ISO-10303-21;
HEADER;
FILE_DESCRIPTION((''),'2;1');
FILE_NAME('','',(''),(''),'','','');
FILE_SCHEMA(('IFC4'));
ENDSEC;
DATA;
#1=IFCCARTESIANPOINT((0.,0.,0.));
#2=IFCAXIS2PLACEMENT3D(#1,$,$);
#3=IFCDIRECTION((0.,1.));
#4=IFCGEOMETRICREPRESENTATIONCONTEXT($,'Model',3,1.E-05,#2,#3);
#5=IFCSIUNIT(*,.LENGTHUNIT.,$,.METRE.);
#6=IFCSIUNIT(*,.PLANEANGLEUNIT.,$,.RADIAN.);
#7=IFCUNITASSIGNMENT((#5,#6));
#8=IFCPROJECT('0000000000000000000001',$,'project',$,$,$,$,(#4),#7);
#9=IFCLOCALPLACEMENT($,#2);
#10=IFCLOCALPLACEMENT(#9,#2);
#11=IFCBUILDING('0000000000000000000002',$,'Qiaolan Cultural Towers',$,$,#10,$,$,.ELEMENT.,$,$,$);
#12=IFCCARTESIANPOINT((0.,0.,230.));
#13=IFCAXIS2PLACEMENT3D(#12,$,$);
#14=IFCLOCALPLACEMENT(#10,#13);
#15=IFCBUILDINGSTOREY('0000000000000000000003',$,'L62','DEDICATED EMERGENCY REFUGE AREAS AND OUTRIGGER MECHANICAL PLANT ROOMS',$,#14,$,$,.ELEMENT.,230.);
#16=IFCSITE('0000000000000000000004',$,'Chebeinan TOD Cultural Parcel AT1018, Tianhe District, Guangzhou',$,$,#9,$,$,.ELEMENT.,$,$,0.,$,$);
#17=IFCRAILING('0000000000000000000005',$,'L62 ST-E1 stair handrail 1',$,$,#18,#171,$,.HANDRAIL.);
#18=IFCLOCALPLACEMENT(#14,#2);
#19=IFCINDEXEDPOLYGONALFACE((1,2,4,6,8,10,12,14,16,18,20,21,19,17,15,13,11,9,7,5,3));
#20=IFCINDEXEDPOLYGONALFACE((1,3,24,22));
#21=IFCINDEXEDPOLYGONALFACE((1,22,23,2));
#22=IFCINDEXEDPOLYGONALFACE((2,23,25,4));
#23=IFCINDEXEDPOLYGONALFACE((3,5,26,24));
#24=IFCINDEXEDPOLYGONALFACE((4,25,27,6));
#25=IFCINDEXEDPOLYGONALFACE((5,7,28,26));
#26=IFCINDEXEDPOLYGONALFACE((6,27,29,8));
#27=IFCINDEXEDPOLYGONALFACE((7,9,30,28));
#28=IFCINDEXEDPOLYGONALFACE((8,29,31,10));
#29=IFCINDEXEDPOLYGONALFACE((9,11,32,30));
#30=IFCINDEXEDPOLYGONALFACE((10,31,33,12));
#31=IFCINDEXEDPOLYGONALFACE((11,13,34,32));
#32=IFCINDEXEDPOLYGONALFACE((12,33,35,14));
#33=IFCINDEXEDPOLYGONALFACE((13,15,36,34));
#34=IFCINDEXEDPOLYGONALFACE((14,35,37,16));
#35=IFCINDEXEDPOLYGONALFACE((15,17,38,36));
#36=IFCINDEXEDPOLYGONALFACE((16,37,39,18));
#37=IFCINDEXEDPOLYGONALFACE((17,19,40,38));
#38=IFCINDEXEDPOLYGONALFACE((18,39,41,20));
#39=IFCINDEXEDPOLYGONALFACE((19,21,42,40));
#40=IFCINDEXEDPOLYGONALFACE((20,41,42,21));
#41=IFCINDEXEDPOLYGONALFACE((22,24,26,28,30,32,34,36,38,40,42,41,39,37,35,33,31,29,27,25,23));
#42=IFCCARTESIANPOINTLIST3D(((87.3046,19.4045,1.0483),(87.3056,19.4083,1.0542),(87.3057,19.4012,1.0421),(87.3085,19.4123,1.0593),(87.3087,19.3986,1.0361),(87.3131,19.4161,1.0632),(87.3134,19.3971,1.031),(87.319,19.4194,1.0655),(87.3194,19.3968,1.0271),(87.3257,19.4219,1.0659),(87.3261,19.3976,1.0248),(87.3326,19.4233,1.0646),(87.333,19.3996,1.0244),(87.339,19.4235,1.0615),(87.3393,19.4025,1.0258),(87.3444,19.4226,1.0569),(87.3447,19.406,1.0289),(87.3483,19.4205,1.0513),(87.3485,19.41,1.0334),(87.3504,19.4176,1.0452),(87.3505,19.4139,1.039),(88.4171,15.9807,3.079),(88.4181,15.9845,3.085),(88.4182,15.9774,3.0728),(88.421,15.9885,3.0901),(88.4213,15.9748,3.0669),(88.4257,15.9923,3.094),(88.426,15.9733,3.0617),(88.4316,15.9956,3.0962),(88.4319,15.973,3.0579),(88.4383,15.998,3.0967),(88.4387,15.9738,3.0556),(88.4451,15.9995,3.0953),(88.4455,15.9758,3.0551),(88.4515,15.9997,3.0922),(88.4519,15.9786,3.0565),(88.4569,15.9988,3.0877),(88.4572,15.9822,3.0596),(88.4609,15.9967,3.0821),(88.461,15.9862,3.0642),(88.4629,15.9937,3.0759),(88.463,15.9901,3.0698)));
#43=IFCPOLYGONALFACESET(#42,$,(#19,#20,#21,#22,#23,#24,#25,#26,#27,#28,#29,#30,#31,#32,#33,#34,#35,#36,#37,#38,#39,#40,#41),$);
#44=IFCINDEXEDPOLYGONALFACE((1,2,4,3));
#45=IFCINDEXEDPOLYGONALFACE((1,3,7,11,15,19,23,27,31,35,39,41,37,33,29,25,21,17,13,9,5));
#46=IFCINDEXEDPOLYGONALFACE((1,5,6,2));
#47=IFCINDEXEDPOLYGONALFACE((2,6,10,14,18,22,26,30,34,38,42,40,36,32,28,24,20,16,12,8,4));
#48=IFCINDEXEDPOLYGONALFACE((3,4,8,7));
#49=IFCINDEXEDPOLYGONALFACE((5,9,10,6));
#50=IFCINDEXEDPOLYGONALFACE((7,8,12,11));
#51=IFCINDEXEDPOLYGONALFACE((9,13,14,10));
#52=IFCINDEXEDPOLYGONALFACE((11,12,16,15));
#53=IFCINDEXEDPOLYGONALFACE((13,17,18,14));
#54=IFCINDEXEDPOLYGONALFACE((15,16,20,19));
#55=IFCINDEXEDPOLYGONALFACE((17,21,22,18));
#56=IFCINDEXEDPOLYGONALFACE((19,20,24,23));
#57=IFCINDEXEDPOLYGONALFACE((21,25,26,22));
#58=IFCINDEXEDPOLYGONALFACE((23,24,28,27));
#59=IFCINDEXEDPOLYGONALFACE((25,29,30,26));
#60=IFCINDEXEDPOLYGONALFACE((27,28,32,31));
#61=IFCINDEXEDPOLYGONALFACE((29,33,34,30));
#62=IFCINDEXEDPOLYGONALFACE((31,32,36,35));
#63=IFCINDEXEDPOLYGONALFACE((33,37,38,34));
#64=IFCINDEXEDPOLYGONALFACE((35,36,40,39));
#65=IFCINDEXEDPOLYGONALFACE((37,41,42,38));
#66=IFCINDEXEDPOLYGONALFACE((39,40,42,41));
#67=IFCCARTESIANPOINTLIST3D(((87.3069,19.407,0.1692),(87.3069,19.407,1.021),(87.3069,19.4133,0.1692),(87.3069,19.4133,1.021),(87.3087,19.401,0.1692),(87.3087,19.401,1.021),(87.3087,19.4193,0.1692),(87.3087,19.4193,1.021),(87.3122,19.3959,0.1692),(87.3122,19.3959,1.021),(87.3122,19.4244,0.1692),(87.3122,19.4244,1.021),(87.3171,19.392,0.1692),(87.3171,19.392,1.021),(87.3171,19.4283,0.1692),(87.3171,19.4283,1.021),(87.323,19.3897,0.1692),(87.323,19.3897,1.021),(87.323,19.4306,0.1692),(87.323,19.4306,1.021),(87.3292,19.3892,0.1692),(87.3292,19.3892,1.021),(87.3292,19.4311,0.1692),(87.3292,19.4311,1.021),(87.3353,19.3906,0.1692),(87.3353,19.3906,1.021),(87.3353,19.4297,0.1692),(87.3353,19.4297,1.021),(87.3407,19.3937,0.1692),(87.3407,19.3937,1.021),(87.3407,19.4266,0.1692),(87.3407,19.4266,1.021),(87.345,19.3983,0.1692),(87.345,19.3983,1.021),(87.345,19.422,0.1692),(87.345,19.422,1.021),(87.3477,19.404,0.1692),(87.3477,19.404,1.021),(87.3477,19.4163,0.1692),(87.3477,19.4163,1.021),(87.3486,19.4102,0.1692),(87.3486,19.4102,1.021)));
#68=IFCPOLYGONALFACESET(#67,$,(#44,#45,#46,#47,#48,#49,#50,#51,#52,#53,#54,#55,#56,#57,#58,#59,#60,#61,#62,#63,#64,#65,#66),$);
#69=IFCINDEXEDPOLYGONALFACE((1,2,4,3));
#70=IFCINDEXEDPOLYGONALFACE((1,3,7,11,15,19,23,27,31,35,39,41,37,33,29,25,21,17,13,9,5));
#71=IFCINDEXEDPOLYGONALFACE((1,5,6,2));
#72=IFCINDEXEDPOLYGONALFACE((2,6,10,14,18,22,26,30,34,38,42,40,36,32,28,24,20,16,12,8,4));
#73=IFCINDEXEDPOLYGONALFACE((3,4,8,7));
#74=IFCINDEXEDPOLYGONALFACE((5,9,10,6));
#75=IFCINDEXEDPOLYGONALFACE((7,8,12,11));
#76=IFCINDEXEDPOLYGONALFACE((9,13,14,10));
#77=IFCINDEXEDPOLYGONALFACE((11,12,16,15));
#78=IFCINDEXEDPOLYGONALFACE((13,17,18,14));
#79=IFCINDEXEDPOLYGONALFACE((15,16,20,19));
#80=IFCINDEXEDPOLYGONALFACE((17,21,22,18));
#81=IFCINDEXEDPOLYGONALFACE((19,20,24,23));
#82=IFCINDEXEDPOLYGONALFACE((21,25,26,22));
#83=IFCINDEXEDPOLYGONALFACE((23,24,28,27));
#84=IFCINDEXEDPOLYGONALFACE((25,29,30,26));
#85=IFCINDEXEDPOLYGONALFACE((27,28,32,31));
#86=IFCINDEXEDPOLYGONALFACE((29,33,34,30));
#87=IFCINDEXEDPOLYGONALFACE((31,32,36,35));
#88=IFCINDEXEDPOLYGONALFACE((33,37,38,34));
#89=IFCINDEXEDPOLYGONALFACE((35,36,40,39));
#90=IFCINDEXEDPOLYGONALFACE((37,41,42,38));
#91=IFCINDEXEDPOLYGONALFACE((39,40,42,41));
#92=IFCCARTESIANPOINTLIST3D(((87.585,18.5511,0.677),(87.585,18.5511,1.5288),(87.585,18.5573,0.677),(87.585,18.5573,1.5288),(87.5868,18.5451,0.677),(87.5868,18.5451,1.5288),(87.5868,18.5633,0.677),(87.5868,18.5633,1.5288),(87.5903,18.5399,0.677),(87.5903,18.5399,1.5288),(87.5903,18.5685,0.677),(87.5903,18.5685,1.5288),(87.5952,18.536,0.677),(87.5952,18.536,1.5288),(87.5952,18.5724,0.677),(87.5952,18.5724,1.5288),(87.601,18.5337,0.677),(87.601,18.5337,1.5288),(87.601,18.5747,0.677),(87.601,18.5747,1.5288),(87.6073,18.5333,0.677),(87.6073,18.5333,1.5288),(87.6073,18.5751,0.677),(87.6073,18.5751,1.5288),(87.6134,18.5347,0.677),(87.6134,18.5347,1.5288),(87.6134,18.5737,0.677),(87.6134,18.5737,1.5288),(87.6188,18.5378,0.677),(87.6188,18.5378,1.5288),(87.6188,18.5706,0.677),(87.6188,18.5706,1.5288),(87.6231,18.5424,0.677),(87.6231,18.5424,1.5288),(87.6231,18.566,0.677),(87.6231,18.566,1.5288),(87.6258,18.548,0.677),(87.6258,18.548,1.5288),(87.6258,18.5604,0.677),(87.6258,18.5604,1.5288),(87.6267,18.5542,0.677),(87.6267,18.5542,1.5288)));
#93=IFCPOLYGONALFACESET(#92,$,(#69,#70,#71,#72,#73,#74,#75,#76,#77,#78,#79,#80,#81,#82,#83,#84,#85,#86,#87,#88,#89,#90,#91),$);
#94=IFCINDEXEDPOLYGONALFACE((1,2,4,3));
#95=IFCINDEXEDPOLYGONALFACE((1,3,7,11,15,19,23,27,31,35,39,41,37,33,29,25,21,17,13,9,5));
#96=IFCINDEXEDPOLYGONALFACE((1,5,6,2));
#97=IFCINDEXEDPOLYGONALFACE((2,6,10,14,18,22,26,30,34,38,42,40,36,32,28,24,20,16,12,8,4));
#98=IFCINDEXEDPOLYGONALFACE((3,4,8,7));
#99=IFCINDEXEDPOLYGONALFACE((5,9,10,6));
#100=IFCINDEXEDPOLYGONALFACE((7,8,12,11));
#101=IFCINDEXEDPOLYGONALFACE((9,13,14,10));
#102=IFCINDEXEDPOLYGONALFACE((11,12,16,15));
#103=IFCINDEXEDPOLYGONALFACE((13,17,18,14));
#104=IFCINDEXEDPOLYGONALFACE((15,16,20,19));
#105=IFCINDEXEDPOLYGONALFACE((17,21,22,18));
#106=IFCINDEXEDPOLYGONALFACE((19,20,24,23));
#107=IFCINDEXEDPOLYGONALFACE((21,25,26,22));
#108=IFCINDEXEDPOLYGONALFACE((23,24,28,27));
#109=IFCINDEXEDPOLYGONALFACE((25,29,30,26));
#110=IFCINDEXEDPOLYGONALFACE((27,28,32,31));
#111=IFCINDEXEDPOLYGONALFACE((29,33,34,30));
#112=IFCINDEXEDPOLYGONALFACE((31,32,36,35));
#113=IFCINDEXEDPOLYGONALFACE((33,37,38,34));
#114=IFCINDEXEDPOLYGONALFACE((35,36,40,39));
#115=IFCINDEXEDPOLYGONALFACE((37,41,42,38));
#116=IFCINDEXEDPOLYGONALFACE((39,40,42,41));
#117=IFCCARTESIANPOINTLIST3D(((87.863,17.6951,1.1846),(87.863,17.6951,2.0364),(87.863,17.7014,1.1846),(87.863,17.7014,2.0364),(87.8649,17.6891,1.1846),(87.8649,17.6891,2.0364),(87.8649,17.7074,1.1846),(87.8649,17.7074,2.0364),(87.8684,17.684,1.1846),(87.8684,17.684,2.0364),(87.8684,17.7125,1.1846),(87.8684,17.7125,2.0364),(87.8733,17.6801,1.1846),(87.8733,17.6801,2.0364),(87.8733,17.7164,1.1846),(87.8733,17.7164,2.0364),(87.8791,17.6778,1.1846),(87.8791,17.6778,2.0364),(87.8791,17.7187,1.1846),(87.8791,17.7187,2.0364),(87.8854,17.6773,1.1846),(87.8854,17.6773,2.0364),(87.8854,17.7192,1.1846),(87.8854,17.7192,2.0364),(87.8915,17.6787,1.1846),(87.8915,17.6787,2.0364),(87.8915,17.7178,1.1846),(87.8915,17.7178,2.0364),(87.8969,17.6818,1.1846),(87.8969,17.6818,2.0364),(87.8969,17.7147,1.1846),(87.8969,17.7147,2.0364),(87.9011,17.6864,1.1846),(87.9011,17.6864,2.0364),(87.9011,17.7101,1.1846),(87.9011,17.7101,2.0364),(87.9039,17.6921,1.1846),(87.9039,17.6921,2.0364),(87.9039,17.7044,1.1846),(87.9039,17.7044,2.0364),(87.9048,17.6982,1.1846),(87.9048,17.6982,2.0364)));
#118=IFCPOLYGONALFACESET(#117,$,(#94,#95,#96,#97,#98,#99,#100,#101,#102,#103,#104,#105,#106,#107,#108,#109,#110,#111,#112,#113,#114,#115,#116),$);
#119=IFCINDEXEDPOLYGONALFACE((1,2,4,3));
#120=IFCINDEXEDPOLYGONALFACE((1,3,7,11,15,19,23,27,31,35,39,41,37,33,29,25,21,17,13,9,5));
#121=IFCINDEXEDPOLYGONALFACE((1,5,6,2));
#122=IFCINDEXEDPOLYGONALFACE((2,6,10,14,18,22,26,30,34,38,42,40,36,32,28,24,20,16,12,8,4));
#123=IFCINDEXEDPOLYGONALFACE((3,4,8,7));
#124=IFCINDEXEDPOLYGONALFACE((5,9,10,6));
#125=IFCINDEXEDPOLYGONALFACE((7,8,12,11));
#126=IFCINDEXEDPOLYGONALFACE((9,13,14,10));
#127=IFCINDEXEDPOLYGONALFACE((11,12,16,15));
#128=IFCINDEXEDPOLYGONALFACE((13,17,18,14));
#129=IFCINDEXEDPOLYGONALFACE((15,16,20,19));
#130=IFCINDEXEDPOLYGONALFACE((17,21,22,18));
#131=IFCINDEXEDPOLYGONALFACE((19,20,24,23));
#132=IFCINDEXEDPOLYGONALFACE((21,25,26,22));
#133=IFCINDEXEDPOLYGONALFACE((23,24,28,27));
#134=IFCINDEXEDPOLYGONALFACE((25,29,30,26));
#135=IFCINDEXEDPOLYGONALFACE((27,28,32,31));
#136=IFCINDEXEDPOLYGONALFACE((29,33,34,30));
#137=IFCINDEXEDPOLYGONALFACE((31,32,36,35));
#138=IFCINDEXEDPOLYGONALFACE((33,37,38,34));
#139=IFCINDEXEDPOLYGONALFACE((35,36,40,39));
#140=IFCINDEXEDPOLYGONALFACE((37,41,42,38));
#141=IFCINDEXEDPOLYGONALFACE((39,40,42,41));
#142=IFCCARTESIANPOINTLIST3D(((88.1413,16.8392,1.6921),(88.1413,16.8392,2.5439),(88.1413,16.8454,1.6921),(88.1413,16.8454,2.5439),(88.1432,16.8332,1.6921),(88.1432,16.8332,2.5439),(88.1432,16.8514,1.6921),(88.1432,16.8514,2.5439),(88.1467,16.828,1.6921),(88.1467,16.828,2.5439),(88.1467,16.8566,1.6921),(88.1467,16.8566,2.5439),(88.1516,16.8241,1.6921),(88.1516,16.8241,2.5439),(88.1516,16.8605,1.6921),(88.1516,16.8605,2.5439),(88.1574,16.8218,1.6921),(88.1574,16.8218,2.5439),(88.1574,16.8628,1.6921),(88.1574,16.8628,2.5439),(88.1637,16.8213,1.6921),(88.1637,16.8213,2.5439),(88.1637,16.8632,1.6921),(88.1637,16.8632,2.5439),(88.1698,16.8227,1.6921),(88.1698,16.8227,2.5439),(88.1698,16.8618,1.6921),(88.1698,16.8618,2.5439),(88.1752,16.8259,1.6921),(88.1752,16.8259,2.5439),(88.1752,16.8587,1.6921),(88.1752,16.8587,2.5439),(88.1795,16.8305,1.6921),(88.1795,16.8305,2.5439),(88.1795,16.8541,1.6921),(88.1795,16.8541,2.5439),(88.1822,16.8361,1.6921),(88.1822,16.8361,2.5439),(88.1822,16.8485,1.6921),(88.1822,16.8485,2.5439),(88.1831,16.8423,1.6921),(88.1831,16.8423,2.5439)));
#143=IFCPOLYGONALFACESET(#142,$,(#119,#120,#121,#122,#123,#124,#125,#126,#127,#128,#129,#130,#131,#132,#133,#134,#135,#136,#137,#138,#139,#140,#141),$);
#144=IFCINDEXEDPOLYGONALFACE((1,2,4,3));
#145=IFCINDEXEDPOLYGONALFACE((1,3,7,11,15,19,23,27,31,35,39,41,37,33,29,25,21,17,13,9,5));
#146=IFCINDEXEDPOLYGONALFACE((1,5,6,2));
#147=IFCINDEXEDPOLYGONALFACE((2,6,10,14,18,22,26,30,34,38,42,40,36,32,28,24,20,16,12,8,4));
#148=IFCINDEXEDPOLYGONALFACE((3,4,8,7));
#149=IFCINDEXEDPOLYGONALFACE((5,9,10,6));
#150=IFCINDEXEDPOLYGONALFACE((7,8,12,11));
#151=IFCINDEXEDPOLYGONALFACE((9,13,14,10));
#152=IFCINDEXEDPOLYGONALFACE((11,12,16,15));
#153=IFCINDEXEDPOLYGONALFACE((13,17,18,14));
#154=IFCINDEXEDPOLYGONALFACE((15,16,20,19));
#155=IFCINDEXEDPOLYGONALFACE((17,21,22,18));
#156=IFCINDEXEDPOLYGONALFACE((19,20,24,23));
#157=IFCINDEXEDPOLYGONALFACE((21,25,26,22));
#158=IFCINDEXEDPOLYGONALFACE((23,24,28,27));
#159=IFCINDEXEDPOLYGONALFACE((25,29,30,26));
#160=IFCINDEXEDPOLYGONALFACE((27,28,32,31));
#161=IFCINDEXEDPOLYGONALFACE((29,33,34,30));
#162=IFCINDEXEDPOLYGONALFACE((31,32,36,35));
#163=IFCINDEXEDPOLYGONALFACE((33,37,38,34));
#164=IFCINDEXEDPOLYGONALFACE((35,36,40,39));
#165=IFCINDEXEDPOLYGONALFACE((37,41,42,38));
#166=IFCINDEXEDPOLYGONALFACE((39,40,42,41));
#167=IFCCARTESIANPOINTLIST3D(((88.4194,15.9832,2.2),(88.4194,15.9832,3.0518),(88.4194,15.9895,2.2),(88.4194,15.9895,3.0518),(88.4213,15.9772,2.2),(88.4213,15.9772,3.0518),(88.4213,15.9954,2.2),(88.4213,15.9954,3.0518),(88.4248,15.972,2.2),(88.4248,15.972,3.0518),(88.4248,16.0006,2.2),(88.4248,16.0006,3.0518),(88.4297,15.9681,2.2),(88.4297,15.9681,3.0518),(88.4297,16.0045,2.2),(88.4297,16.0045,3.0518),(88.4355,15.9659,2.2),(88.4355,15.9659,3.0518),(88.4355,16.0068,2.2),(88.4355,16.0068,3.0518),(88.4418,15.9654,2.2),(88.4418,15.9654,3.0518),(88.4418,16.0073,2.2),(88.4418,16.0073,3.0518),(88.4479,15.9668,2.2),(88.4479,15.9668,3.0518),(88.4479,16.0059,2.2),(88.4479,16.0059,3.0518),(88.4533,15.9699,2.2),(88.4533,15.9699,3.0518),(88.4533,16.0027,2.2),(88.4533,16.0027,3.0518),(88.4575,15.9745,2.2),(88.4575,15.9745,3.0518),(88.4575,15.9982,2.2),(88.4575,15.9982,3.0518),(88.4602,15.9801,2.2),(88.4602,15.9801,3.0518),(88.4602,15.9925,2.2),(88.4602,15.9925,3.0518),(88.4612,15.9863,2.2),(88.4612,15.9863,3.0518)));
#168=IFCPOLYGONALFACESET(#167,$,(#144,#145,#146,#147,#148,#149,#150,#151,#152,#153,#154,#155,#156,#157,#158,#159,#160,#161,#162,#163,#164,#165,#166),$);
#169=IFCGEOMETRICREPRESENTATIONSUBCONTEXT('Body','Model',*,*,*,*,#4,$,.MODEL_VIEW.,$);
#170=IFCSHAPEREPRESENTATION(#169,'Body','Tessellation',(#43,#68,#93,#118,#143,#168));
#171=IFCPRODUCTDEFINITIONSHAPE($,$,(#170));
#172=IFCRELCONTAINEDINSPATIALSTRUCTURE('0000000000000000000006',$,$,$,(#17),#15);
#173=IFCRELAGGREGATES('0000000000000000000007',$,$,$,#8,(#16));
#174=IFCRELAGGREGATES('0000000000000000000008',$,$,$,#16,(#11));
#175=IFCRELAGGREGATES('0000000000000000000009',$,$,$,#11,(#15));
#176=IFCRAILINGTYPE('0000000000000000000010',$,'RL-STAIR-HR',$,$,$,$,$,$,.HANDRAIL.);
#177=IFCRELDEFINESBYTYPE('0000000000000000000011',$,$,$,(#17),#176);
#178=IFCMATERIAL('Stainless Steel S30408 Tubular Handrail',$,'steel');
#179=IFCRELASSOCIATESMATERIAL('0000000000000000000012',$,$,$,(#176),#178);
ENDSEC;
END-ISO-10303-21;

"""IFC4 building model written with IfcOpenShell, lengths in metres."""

from ifc_helpers import new_model, si_unit, direction, frame, origin, origin_2d, place, context, subcontext, project, spatial, circle, extrude, material, type_object, element, save


model = new_model("IFC4")

# Units and contexts
model_context = context("Model", 3, precision=1e-05, world=origin(), true_north=direction((0.0, 1.0)))
body_context = subcontext(model_context, "Body", "Model", "MODEL_VIEW")
ifc_project = project(units=[si_unit("LENGTHUNIT", "METRE"), si_unit("PLANEANGLEUNIT", "RADIAN")], contexts=[model_context])

# Site, building, storey
site_placement = place(None, origin())
site = spatial("IfcSite", under=ifc_project, at=site_placement, Name="Chebeinan TOD Cultural Parcel AT1018, Tianhe District, Guangzhou", CompositionType="ELEMENT", RefElevation=0.0)
building_placement = place(site_placement, origin())
building = spatial("IfcBuilding", under=site, at=building_placement, Name="Qiaolan Cultural Towers", CompositionType="ELEMENT")
storey_placement = place(building_placement, frame((0.0, 0.0, 230.0)))
storey = spatial("IfcBuildingStorey", under=building, at=storey_placement, Name="L62", Description="DEDICATED EMERGENCY REFUGE AREAS AND OUTRIGGER MECHANICAL PLANT ROOMS", CompositionType="ELEMENT", Elevation=230.0)

# Railing
ifc_material_1 = material(Name="Stainless Steel S30408 Tubular Handrail", Category="steel")
railing_type_1 = type_object("IfcRailingType", Name="RL-STAIR-HR", PredefinedType="HANDRAIL", material=ifc_material_1)
railing_1_placement = place(storey_placement, frame((87.3276, 19.4102, 0.1692)))
element("IfcRailing", 1, at=railing_1_placement, inside=storey, type_object=railing_type_1, Name="L62 ST-E1 stair handrail 1", PredefinedType="HANDRAIL", context=body_context, shape_type="SweptSolid", body=[
    extrude(circle(Radius=0.0239, at=origin_2d()), frame((0.0, 0.0, 0.876), z_axis=(0.269166, -0.828348, 0.491315), x_axis=(0.95105, 0.309037, 0.0)), (0.0, 0.0, 1.0), 4.1333),
    extrude(circle(Radius=0.021, at=origin_2d()), origin(), (0.0, 0.0, 1.0), 0.8518),
    extrude(circle(Radius=0.021, at=origin_2d()), frame((0.2781, -0.856, 0.5078)), (0.0, 0.0, 1.0), 0.8518),
    extrude(circle(Radius=0.021, at=origin_2d()), frame((0.5562, -1.7119, 1.0154)), (0.0, 0.0, 1.0), 0.8518),
    extrude(circle(Radius=0.021, at=origin_2d()), frame((0.8345, -2.5679, 1.5229)), (0.0, 0.0, 1.0), 0.8518),
    extrude(circle(Radius=0.021, at=origin_2d()), frame((1.1125, -3.4238, 2.0308)), (0.0, 0.0, 1.0), 0.8518),
])

save(model, "model.ifc")
